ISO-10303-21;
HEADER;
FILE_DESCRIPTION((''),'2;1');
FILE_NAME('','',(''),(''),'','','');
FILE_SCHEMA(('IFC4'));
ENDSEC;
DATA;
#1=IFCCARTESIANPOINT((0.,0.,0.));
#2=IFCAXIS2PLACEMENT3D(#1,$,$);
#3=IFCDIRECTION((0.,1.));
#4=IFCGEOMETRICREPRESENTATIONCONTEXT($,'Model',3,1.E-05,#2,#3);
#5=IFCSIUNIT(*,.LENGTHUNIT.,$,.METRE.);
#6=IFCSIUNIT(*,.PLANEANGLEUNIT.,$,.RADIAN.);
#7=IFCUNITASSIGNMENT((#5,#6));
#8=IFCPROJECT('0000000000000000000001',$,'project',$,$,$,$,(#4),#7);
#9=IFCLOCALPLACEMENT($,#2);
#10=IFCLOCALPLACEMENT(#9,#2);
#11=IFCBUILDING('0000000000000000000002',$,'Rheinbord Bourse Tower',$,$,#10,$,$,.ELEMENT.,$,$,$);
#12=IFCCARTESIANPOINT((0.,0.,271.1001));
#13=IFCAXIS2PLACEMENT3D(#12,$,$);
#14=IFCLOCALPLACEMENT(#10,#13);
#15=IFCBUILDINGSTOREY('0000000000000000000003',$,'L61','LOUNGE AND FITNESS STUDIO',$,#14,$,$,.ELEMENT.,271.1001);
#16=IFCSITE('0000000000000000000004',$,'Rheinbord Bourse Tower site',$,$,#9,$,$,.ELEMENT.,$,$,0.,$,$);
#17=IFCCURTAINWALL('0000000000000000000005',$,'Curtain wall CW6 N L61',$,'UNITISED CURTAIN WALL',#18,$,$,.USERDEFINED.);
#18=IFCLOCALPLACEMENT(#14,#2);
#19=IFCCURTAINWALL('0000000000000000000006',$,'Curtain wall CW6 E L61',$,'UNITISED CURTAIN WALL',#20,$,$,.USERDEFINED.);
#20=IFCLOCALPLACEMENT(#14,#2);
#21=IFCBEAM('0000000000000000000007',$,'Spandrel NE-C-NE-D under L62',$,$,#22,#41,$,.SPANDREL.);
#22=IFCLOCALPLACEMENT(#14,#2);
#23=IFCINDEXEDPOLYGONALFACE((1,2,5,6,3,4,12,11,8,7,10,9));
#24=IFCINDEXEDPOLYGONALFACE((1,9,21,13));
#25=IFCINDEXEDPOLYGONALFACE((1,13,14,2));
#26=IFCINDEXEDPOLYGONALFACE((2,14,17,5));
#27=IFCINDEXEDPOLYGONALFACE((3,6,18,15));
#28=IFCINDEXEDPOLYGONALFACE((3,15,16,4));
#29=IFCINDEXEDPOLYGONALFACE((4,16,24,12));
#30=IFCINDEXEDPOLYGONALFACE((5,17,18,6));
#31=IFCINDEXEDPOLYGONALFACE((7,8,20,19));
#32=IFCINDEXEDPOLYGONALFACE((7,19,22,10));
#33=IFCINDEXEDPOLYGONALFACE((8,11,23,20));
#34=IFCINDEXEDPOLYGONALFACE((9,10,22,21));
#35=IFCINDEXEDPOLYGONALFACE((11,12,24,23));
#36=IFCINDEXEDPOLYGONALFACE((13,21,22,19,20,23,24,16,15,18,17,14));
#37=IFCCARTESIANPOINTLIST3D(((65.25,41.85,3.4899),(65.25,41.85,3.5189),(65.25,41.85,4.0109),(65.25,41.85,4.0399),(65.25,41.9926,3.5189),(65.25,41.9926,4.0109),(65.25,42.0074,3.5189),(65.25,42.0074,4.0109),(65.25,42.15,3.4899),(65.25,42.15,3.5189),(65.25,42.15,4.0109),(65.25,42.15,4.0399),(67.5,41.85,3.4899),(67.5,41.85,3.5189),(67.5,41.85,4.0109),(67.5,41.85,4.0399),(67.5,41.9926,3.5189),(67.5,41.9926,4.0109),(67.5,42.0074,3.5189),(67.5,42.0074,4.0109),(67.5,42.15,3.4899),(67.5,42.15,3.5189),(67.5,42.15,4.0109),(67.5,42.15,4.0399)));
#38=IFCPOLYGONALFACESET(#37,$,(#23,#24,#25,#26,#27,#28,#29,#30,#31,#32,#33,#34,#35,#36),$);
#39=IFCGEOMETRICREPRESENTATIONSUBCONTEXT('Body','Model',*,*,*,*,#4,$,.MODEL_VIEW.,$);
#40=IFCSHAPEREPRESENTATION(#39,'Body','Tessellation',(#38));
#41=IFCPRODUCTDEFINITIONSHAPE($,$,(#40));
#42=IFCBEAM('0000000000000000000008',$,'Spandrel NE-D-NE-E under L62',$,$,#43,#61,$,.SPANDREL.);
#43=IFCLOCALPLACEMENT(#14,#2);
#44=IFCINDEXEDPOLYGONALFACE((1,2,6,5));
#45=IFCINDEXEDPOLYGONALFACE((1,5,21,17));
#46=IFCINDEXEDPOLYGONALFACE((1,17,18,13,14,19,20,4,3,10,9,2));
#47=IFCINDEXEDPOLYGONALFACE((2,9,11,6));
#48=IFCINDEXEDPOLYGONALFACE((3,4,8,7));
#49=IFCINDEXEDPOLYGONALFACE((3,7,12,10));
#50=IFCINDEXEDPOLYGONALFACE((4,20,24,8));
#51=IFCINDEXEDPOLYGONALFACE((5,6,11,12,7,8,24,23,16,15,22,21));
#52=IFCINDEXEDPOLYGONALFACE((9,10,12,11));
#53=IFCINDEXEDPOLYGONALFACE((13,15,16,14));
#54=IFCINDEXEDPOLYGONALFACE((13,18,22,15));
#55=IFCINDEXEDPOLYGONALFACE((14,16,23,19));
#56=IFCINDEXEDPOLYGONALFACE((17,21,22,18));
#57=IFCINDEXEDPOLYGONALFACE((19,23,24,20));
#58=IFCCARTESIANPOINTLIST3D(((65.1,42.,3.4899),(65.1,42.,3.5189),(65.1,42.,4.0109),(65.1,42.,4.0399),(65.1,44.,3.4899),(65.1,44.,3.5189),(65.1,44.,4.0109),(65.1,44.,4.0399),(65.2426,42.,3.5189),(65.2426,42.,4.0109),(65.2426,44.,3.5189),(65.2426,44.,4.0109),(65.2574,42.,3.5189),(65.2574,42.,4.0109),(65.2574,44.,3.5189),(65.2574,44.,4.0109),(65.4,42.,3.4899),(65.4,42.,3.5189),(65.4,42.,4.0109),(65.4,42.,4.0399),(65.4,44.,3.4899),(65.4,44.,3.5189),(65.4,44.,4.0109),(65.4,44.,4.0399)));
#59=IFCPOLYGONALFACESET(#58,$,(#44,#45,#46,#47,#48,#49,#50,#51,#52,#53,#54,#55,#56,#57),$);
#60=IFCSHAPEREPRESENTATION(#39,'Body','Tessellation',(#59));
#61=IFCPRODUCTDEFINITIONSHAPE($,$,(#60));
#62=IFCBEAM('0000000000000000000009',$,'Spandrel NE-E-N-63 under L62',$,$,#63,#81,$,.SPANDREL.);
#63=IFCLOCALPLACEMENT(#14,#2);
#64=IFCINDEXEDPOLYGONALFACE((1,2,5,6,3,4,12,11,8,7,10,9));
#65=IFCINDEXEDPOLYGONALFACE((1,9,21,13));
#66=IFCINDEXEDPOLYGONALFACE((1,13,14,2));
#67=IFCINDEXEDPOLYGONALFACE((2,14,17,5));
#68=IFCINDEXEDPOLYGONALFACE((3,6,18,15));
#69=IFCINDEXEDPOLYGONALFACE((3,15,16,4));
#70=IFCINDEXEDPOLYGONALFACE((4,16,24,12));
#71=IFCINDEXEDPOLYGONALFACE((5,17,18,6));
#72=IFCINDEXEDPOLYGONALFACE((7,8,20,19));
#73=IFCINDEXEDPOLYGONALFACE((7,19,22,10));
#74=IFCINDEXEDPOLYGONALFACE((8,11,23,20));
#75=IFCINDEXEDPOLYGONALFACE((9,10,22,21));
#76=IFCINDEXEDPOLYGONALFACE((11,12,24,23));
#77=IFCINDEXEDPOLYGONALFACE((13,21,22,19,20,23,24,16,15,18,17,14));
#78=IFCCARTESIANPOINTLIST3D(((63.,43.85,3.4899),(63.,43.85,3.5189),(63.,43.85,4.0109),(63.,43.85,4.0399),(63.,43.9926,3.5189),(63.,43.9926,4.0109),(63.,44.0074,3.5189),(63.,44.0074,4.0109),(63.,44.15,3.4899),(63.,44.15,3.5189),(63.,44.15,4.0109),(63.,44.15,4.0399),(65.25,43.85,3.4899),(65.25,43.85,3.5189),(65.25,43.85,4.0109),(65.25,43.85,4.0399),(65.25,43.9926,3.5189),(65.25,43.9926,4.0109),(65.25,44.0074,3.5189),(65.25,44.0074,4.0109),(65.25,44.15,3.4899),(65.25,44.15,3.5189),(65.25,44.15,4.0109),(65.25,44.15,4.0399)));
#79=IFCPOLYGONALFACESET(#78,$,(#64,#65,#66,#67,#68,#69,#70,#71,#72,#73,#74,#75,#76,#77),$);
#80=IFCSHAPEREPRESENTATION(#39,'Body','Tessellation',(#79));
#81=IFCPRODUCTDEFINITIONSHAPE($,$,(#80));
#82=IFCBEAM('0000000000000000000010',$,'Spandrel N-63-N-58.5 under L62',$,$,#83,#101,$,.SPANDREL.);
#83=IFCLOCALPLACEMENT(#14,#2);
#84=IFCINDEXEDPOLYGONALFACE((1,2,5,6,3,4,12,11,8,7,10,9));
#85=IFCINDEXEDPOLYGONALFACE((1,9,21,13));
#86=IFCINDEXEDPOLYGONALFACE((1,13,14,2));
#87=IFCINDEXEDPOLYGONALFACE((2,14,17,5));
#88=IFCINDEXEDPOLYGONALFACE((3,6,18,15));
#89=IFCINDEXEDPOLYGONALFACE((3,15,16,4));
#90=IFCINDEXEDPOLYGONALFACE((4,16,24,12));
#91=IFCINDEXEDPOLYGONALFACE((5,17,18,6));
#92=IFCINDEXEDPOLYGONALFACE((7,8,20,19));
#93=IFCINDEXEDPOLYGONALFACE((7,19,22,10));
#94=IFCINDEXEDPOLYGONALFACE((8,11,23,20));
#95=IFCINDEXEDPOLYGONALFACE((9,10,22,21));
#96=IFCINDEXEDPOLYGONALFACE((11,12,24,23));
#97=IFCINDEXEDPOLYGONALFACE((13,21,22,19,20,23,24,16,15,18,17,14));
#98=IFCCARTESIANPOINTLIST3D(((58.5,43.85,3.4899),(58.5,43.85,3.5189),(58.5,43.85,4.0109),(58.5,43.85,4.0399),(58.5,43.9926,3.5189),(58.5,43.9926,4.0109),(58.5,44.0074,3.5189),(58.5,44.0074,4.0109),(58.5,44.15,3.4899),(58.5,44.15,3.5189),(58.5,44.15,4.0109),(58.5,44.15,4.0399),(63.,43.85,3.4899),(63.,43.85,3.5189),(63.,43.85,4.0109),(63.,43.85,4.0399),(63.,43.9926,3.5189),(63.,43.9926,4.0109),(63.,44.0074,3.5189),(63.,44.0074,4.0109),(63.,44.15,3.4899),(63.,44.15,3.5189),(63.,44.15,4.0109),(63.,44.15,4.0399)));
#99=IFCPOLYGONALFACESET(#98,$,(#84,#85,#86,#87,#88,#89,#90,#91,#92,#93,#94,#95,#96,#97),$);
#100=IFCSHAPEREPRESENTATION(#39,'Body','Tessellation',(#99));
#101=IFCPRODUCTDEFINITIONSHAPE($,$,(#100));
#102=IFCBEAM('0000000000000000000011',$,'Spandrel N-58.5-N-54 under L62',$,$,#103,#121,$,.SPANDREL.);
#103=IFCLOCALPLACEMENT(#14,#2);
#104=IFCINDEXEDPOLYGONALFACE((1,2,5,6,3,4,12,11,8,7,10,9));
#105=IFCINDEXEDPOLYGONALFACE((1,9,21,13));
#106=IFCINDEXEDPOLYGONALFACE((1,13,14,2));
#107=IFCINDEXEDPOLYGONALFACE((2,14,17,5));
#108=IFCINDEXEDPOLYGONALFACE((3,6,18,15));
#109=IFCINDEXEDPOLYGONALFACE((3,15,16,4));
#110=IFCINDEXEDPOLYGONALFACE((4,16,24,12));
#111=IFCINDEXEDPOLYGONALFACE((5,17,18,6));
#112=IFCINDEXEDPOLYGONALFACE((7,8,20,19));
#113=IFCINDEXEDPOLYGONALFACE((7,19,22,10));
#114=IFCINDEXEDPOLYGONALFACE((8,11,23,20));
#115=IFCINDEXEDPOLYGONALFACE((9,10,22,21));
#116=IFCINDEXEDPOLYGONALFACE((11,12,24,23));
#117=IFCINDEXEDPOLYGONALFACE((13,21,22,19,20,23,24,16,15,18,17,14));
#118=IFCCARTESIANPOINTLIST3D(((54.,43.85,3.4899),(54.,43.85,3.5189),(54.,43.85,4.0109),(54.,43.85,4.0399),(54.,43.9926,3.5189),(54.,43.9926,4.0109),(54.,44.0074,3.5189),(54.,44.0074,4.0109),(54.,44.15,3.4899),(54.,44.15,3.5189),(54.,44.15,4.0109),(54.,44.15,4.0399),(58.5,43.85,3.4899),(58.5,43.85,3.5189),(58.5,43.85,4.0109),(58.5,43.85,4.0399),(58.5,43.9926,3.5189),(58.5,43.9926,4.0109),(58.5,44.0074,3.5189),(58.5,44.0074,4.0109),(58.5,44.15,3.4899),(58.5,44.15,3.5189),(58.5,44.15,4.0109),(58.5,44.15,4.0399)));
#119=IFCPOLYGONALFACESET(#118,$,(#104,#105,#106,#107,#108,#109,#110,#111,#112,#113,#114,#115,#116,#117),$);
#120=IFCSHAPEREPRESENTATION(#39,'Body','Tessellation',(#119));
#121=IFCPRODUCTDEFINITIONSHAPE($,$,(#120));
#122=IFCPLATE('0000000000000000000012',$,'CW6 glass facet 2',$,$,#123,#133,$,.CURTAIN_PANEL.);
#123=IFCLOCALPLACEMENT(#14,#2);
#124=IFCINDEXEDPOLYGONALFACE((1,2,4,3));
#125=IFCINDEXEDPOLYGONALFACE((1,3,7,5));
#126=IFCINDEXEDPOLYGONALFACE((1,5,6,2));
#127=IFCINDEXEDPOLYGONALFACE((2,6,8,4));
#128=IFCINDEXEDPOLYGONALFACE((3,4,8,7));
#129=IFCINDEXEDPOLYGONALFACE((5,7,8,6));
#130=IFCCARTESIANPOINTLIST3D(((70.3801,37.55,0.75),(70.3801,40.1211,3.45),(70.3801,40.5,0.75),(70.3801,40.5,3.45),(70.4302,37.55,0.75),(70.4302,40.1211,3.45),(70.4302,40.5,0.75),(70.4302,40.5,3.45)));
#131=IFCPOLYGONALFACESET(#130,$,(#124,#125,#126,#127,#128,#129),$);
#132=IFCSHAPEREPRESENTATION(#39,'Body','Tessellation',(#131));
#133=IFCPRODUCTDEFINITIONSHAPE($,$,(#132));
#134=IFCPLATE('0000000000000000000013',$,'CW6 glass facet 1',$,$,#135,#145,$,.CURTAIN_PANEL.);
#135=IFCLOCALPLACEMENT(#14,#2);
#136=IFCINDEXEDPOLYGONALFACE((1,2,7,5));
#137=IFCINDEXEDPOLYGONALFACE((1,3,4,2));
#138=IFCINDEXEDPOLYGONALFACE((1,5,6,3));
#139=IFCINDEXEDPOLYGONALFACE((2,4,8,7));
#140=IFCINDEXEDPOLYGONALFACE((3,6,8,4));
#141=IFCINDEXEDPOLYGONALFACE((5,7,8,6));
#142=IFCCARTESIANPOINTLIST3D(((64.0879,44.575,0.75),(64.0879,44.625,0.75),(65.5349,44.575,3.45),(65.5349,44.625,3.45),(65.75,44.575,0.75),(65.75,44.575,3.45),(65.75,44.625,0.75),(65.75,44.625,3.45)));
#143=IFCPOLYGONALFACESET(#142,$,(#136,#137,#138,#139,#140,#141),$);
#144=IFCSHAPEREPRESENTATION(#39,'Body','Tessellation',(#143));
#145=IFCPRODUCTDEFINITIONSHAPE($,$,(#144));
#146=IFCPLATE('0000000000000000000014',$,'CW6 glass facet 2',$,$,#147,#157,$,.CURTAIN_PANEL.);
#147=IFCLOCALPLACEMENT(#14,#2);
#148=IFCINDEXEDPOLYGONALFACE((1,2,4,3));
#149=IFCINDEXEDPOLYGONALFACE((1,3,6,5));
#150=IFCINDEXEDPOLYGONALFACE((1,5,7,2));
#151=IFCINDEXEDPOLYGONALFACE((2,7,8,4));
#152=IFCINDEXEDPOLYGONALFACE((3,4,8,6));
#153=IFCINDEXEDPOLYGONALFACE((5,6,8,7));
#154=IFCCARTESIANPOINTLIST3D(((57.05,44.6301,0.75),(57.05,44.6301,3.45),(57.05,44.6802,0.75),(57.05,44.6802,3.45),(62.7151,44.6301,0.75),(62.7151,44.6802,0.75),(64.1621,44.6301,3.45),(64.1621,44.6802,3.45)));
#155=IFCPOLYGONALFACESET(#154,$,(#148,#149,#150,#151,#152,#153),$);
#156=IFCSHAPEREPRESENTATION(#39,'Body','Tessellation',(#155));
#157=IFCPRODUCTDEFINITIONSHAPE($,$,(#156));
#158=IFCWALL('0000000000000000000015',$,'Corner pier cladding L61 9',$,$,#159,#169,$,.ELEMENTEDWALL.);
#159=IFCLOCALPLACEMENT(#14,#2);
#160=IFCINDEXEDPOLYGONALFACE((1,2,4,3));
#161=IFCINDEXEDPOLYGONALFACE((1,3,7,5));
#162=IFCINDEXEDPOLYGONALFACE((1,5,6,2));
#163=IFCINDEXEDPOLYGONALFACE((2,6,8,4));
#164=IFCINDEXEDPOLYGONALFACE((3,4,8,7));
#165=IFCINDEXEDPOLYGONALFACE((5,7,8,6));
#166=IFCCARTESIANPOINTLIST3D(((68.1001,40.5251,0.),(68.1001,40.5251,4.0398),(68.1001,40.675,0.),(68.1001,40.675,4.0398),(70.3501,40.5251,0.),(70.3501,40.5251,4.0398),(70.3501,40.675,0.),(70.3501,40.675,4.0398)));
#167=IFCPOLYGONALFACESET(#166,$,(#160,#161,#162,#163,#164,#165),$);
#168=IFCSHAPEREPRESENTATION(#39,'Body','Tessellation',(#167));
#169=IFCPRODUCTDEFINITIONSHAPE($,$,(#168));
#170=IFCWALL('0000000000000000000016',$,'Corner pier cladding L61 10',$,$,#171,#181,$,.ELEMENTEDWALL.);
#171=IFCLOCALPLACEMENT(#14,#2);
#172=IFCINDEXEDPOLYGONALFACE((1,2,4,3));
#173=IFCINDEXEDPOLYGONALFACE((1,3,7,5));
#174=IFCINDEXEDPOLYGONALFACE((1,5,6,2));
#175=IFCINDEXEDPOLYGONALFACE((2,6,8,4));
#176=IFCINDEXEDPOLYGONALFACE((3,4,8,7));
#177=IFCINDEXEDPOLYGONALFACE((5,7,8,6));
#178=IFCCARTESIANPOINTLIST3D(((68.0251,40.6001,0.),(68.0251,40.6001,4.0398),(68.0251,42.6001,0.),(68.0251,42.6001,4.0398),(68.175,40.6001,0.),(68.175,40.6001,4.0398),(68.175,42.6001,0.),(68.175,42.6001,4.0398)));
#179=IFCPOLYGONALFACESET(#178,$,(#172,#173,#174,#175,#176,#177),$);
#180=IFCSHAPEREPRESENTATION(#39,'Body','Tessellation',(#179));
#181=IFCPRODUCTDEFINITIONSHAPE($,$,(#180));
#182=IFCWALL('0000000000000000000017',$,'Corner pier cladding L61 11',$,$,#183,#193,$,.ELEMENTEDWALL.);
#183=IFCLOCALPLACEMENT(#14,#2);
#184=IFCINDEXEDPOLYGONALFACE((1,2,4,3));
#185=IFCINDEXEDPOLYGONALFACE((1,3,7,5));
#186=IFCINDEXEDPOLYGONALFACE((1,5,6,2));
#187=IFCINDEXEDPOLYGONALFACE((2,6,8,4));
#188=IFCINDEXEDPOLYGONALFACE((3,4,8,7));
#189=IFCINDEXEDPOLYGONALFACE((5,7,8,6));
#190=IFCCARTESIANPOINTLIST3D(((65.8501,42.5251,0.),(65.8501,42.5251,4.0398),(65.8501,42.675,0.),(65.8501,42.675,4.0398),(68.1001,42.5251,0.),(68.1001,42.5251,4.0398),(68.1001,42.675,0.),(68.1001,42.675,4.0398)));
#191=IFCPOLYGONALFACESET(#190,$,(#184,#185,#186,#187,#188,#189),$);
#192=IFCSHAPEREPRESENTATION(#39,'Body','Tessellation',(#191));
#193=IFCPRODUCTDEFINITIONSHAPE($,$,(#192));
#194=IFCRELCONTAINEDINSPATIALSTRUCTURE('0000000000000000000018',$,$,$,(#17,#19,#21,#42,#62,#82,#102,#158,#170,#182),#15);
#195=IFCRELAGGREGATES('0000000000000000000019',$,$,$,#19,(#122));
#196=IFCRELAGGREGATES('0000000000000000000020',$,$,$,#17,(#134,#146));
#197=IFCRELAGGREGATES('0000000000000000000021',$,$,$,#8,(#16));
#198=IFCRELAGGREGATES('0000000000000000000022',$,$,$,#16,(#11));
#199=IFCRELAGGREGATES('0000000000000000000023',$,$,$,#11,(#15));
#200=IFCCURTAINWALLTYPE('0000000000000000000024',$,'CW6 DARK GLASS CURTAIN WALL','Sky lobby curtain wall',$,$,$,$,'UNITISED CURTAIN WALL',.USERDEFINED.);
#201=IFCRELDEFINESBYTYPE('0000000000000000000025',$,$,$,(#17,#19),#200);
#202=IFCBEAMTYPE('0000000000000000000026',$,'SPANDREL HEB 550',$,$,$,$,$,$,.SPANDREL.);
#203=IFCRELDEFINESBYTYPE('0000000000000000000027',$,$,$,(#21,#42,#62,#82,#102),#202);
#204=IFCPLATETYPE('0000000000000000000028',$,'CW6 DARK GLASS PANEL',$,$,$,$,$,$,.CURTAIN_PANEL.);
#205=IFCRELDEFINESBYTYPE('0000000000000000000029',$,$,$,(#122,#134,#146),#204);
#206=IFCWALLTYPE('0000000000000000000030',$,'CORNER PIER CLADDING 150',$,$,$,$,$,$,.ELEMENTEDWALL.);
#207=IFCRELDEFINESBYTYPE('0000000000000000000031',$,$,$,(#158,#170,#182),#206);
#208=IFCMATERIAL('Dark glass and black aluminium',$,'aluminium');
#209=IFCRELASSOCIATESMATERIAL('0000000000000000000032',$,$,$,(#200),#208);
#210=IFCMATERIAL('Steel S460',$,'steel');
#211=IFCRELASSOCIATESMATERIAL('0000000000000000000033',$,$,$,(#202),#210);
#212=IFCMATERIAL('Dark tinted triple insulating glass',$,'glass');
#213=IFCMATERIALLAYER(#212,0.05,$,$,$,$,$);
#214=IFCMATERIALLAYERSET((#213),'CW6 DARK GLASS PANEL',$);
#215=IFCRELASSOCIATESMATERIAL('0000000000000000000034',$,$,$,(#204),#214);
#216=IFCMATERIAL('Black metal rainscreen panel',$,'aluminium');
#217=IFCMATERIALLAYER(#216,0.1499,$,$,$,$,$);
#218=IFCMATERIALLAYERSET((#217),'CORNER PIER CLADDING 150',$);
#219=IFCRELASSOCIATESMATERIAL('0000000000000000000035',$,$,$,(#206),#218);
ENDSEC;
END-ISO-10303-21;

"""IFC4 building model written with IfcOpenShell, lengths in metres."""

from ifc_helpers import new_model, si_unit, direction, frame, frame_2d, origin, origin_2d, place, context, subcontext, project, spatial, polyline, rectangle, i_section, outline, extrude, material, layer, layer_set, material_profile, profile_set, type_object, element, aggregate, save


model = new_model("IFC4")

# Units and contexts
model_context = context("Model", 3, precision=1e-05, world=origin(), true_north=direction((0.0, 1.0)))
body_context = subcontext(model_context, "Body", "Model", "MODEL_VIEW")
ifc_project = project(units=[si_unit("LENGTHUNIT", "METRE"), si_unit("PLANEANGLEUNIT", "RADIAN")], contexts=[model_context])

# Site, building, storey
site_placement = place(None, origin())
site = spatial("IfcSite", under=ifc_project, at=site_placement, Name="Rheinbord Bourse Tower site", CompositionType="ELEMENT", RefElevation=0.0)
building_placement = place(site_placement, origin())
building = spatial("IfcBuilding", under=site, at=building_placement, Name="Rheinbord Bourse Tower", CompositionType="ELEMENT")
storey_placement = place(building_placement, frame((0.0, 0.0, 271.1001)))
storey = spatial("IfcBuildingStorey", under=building, at=storey_placement, Name="L61", Description="LOUNGE AND FITNESS STUDIO", CompositionType="ELEMENT", Elevation=271.1001)

# Curtain walls
ifc_material_1 = material(Name="Dark glass and black aluminium", Category="aluminium")
curtain_wall_type = type_object("IfcCurtainWallType", Name="CW6 DARK GLASS CURTAIN WALL", Description="Sky lobby curtain wall", ElementType="UNITISED CURTAIN WALL", PredefinedType="USERDEFINED", material=ifc_material_1)
curtain_wall_1_placement = place(storey_placement, origin())
curtain_wall_1 = element("IfcCurtainWall", 1, at=curtain_wall_1_placement, inside=storey, type_object=curtain_wall_type, Name="Curtain wall CW6 N L61", ObjectType="UNITISED CURTAIN WALL", PredefinedType="USERDEFINED")
curtain_wall_2_placement = place(storey_placement, origin())
curtain_wall_2 = element("IfcCurtainWall", 2, at=curtain_wall_2_placement, inside=storey, type_object=curtain_wall_type, Name="Curtain wall CW6 E L61", ObjectType="UNITISED CURTAIN WALL", PredefinedType="USERDEFINED")

# Beams
ifc_material_2 = material(Name="Steel S460", Category="steel")
ifc_material_profile_1 = material_profile(ifc_material_2, i_section(OverallWidth=0.3, OverallDepth=0.55, WebThickness=0.0149, FlangeThickness=0.0291, at=origin_2d()), Name="HEB 550")
ifc_profile_set_1 = profile_set([ifc_material_profile_1], Name="Steel S460")
beam_type_1 = type_object("IfcBeamType", Name="SPANDREL HEB 550", PredefinedType="SPANDREL", material=ifc_profile_set_1)
for number, where, z_axis, x_axis, name in (
    (3, (67.5, 42.0, 3.7649), (-1.0, 0.0, 0.0), (0.0, -1.0, 0.0), "Spandrel NE-C-NE-D under L62"),
):
    element("IfcBeam", number, at=place(storey_placement, frame(where, z_axis=z_axis, x_axis=x_axis)), inside=storey, type_object=beam_type_1, Name=name, PredefinedType="SPANDREL", context=body_context, shape_type="SweptSolid", body=[
        extrude(i_section(OverallWidth=0.3, OverallDepth=0.55, WebThickness=0.0149, FlangeThickness=0.0291, at=origin_2d()), origin(), (0.0, 0.0, 1.0), 2.25),
    ])
beam_1_placement = place(storey_placement, frame((65.25, 42.0, 3.7649), z_axis=(0.0, 1.0, 0.0), x_axis=(-1.0, 0.0, 0.0)))
element("IfcBeam", 4, at=beam_1_placement, inside=storey, type_object=beam_type_1, Name="Spandrel NE-D-NE-E under L62", PredefinedType="SPANDREL", context=body_context, shape_type="SweptSolid", body=[
    extrude(i_section(OverallWidth=0.3, OverallDepth=0.55, WebThickness=0.0149, FlangeThickness=0.0291, at=origin_2d()), origin(), (0.0, 0.0, 1.0), 2.0),
])
beam_2_placement = place(storey_placement, frame((65.25, 44.0, 3.7649), z_axis=(-1.0, 0.0, 0.0), x_axis=(0.0, -1.0, 0.0)))
element("IfcBeam", 5, at=beam_2_placement, inside=storey, type_object=beam_type_1, Name="Spandrel NE-E-N-63 under L62", PredefinedType="SPANDREL", context=body_context, shape_type="SweptSolid", body=[
    extrude(i_section(OverallWidth=0.3, OverallDepth=0.55, WebThickness=0.0149, FlangeThickness=0.0291, at=origin_2d()), origin(), (0.0, 0.0, 1.0), 2.25),
])
for number, where, z_axis, x_axis, name in (
    (6, (63.0, 44.0, 3.7649), (-1.0, 0.0, 0.0), (0.0, -1.0, 0.0), "Spandrel N-63-N-58.5 under L62"),
    (7, (58.5, 44.0, 3.7649), (-1.0, 0.0, 0.0), (0.0, -1.0, 0.0), "Spandrel N-58.5-N-54 under L62"),
):
    element("IfcBeam", number, at=place(storey_placement, frame(where, z_axis=z_axis, x_axis=x_axis)), inside=storey, type_object=beam_type_1, Name=name, PredefinedType="SPANDREL", context=body_context, shape_type="SweptSolid", body=[
        extrude(i_section(OverallWidth=0.3, OverallDepth=0.55, WebThickness=0.0149, FlangeThickness=0.0291, at=origin_2d()), origin(), (0.0, 0.0, 1.0), 4.5),
    ])

# Plates
ifc_material_3 = material(Name="Dark tinted triple insulating glass", Category="glass")
ifc_layer_1 = layer(ifc_material_3, 0.05)
ifc_layer_set_1 = layer_set([ifc_layer_1], Name="CW6 DARK GLASS PANEL")
plate_type = type_object("IfcPlateType", Name="CW6 DARK GLASS PANEL", PredefinedType="CURTAIN_PANEL", material=ifc_layer_set_1)
plate_1_placement = place(storey_placement, frame((70.4302, 40.5, 3.45), z_axis=(-1.0, 0.0, 0.0), x_axis=(0.0, 0.0, -1.0)))
plate_1 = element("IfcPlate", 8, at=plate_1_placement, type_object=plate_type, Name="CW6 glass facet 2", PredefinedType="CURTAIN_PANEL", context=body_context, shape_type="SweptSolid", body=[
    extrude(outline(polyline([(0.0, 0.0), (2.7, 0.0), (2.7, 2.95), (0.0, 0.3789), (0.0, 0.0)])), origin(), (0.0, 0.0, 1.0), 0.05),
])
aggregate(curtain_wall_2, [plate_1])
plate_2_placement = place(storey_placement, frame((65.75, 44.625, 0.75), z_axis=(0.0, -1.0, 0.0), x_axis=(0.0, 0.0, 1.0)))
plate_2 = element("IfcPlate", 9, at=plate_2_placement, type_object=plate_type, Name="CW6 glass facet 1", PredefinedType="CURTAIN_PANEL", context=body_context, shape_type="SweptSolid", body=[
    extrude(outline(polyline([(0.0, 0.0), (2.7, 0.0), (2.7, 0.2151), (0.0, 1.6621), (0.0, 0.0)])), origin(), (0.0, 0.0, 1.0), 0.05),
])
plate_3_placement = place(storey_placement, frame((57.05, 44.6802, 3.45), z_axis=(0.0, -1.0, 0.0), x_axis=(0.0, 0.0, -1.0)))
plate_3 = element("IfcPlate", 10, at=plate_3_placement, type_object=plate_type, Name="CW6 glass facet 2", PredefinedType="CURTAIN_PANEL", context=body_context, shape_type="SweptSolid", body=[
    extrude(outline(polyline([(0.0, 0.0), (2.7, 0.0), (2.7, 5.665), (0.0, 7.1121), (0.0, 0.0)])), origin(), (0.0, 0.0, 1.0), 0.05),
])
aggregate(curtain_wall_1, [plate_2, plate_3])

# Walls
ifc_material_4 = material(Name="Black metal rainscreen panel", Category="aluminium")
ifc_layer_2 = layer(ifc_material_4, 0.1499)
ifc_layer_set_2 = layer_set([ifc_layer_2], Name="CORNER PIER CLADDING 150")
wall_type = type_object("IfcWallType", Name="CORNER PIER CLADDING 150", PredefinedType="ELEMENTEDWALL", material=ifc_layer_set_2)
wall_1_placement = place(storey_placement, frame((70.3501, 40.6001, 0.0), z_axis=(0.0, 0.0, 1.0), x_axis=(-1.0, 0.0, 0.0)))
element("IfcWall", 11, at=wall_1_placement, inside=storey, type_object=wall_type, Name="Corner pier cladding L61 9", PredefinedType="ELEMENTEDWALL", context=body_context, shape_type="SweptSolid", body=[
    extrude(rectangle(XDim=2.25, YDim=0.1499, at=frame_2d((1.125, 0.0))), origin(), (0.0, 0.0, 1.0), 4.0398),
])
wall_2_placement = place(storey_placement, frame((68.1001, 40.6001, 0.0), z_axis=(0.0, 0.0, 1.0), x_axis=(0.0, 1.0, 0.0)))
element("IfcWall", 12, at=wall_2_placement, inside=storey, type_object=wall_type, Name="Corner pier cladding L61 10", PredefinedType="ELEMENTEDWALL", context=body_context, shape_type="SweptSolid", body=[
    extrude(rectangle(XDim=2.0, YDim=0.1499, at=frame_2d((1.0, 0.0))), origin(), (0.0, 0.0, 1.0), 4.0398),
])
wall_3_placement = place(storey_placement, frame((68.1001, 42.6001, 0.0), z_axis=(0.0, 0.0, 1.0), x_axis=(-1.0, 0.0, 0.0)))
element("IfcWall", 13, at=wall_3_placement, inside=storey, type_object=wall_type, Name="Corner pier cladding L61 11", PredefinedType="ELEMENTEDWALL", context=body_context, shape_type="SweptSolid", body=[
    extrude(rectangle(XDim=2.25, YDim=0.1499, at=frame_2d((1.125, 0.0))), origin(), (0.0, 0.0, 1.0), 4.0398),
])

save(model, "model.ifc")
